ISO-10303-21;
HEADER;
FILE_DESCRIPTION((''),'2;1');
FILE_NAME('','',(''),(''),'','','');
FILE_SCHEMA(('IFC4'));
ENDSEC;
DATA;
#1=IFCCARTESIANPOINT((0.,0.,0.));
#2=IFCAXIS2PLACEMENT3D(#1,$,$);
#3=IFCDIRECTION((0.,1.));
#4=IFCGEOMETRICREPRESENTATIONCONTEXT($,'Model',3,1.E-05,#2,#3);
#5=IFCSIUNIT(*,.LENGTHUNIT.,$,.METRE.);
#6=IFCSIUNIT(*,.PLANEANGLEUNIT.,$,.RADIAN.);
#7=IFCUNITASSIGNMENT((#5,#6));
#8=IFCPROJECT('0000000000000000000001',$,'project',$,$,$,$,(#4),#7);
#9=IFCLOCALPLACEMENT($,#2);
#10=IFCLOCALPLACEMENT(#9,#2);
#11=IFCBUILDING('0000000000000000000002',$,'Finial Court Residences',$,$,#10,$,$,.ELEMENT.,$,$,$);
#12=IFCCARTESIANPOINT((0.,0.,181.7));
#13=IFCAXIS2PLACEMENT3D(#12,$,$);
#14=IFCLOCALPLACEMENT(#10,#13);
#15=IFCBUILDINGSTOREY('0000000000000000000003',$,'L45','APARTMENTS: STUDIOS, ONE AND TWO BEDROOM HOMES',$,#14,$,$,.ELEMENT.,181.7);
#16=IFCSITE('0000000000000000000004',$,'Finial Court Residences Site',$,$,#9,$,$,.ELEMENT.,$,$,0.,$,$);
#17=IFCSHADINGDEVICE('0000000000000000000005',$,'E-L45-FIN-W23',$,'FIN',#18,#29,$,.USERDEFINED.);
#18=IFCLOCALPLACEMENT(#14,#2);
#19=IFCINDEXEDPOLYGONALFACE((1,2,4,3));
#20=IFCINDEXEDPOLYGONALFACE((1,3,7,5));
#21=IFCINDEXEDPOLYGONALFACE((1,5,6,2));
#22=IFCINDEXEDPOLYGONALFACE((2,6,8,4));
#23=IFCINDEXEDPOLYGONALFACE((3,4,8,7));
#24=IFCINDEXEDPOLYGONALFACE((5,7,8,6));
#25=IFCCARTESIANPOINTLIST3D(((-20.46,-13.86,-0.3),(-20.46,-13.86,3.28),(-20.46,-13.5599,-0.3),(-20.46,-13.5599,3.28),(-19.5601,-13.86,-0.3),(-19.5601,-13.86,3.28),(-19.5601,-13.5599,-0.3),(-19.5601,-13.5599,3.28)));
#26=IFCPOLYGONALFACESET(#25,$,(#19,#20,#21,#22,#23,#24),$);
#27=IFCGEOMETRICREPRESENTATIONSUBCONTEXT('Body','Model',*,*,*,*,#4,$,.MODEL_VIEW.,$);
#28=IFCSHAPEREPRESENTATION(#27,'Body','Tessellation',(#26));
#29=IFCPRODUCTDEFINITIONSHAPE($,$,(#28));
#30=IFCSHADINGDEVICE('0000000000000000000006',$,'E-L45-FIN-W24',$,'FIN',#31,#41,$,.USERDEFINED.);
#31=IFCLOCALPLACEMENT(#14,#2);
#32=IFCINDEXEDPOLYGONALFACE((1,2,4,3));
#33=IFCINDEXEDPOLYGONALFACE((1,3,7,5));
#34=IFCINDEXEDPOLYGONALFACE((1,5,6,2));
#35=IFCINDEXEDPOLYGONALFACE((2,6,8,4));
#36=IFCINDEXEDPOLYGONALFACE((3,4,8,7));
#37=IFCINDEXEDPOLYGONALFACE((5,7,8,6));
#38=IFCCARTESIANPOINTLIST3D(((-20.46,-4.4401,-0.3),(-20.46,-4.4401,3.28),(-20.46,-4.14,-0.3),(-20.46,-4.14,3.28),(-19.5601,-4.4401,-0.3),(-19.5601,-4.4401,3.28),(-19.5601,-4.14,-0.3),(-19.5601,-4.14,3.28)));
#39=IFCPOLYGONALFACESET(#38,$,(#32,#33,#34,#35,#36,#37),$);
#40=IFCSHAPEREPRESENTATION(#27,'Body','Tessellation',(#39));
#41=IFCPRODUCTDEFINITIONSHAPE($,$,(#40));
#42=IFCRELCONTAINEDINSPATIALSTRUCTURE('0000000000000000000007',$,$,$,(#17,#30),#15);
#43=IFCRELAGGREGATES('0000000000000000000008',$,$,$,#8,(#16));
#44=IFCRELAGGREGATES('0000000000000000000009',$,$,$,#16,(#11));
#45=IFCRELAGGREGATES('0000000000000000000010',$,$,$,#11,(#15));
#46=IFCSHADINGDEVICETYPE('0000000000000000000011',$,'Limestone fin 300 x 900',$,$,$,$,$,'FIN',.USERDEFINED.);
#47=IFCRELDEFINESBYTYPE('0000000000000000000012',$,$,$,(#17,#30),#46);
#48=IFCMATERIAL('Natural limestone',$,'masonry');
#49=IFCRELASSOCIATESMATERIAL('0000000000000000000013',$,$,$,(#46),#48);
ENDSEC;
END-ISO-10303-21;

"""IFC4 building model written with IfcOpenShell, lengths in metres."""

from ifc_helpers import new_model, si_unit, direction, frame, origin, origin_2d, place, context, subcontext, project, spatial, rectangle, extrude, material, type_object, element, save


model = new_model("IFC4")

# Units and contexts
model_context = context("Model", 3, precision=1e-05, world=origin(), true_north=direction((0.0, 1.0)))
body_context = subcontext(model_context, "Body", "Model", "MODEL_VIEW")
ifc_project = project(units=[si_unit("LENGTHUNIT", "METRE"), si_unit("PLANEANGLEUNIT", "RADIAN")], contexts=[model_context])

# Site, building, storey
site_placement = place(None, origin())
site = spatial("IfcSite", under=ifc_project, at=site_placement, Name="Finial Court Residences Site", CompositionType="ELEMENT", RefElevation=0.0)
building_placement = place(site_placement, origin())
building = spatial("IfcBuilding", under=site, at=building_placement, Name="Finial Court Residences", CompositionType="ELEMENT")
storey_placement = place(building_placement, frame((0.0, 0.0, 181.7)))
storey = spatial("IfcBuildingStorey", under=building, at=storey_placement, Name="L45", Description="APARTMENTS: STUDIOS, ONE AND TWO BEDROOM HOMES", CompositionType="ELEMENT", Elevation=181.7)

# Shading devices
ifc_material_1 = material(Name="Natural limestone", Category="masonry")
shading_device_type = type_object("IfcShadingDeviceType", Name="Limestone fin 300 x 900", ElementType="FIN", PredefinedType="USERDEFINED", material=ifc_material_1)
for number, where, z_axis, x_axis, name in (
    (1, (-20.01, -13.71, -0.3), (0.0, 0.0, 1.0), (1.0, 0.0, 0.0), "E-L45-FIN-W23"),
    (2, (-20.01, -4.29, -0.3), (0.0, 0.0, 1.0), (1.0, 0.0, 0.0), "E-L45-FIN-W24"),
):
    element("IfcShadingDevice", number, at=place(storey_placement, frame(where, z_axis=z_axis, x_axis=x_axis)), inside=storey, type_object=shading_device_type, Name=name, ObjectType="FIN", PredefinedType="USERDEFINED", context=body_context, shape_type="SweptSolid", body=[
        extrude(rectangle(XDim=0.8999, YDim=0.3, at=origin_2d()), origin(), (0.0, 0.0, 1.0), 3.5801),
    ])

save(model, "model.ifc")
